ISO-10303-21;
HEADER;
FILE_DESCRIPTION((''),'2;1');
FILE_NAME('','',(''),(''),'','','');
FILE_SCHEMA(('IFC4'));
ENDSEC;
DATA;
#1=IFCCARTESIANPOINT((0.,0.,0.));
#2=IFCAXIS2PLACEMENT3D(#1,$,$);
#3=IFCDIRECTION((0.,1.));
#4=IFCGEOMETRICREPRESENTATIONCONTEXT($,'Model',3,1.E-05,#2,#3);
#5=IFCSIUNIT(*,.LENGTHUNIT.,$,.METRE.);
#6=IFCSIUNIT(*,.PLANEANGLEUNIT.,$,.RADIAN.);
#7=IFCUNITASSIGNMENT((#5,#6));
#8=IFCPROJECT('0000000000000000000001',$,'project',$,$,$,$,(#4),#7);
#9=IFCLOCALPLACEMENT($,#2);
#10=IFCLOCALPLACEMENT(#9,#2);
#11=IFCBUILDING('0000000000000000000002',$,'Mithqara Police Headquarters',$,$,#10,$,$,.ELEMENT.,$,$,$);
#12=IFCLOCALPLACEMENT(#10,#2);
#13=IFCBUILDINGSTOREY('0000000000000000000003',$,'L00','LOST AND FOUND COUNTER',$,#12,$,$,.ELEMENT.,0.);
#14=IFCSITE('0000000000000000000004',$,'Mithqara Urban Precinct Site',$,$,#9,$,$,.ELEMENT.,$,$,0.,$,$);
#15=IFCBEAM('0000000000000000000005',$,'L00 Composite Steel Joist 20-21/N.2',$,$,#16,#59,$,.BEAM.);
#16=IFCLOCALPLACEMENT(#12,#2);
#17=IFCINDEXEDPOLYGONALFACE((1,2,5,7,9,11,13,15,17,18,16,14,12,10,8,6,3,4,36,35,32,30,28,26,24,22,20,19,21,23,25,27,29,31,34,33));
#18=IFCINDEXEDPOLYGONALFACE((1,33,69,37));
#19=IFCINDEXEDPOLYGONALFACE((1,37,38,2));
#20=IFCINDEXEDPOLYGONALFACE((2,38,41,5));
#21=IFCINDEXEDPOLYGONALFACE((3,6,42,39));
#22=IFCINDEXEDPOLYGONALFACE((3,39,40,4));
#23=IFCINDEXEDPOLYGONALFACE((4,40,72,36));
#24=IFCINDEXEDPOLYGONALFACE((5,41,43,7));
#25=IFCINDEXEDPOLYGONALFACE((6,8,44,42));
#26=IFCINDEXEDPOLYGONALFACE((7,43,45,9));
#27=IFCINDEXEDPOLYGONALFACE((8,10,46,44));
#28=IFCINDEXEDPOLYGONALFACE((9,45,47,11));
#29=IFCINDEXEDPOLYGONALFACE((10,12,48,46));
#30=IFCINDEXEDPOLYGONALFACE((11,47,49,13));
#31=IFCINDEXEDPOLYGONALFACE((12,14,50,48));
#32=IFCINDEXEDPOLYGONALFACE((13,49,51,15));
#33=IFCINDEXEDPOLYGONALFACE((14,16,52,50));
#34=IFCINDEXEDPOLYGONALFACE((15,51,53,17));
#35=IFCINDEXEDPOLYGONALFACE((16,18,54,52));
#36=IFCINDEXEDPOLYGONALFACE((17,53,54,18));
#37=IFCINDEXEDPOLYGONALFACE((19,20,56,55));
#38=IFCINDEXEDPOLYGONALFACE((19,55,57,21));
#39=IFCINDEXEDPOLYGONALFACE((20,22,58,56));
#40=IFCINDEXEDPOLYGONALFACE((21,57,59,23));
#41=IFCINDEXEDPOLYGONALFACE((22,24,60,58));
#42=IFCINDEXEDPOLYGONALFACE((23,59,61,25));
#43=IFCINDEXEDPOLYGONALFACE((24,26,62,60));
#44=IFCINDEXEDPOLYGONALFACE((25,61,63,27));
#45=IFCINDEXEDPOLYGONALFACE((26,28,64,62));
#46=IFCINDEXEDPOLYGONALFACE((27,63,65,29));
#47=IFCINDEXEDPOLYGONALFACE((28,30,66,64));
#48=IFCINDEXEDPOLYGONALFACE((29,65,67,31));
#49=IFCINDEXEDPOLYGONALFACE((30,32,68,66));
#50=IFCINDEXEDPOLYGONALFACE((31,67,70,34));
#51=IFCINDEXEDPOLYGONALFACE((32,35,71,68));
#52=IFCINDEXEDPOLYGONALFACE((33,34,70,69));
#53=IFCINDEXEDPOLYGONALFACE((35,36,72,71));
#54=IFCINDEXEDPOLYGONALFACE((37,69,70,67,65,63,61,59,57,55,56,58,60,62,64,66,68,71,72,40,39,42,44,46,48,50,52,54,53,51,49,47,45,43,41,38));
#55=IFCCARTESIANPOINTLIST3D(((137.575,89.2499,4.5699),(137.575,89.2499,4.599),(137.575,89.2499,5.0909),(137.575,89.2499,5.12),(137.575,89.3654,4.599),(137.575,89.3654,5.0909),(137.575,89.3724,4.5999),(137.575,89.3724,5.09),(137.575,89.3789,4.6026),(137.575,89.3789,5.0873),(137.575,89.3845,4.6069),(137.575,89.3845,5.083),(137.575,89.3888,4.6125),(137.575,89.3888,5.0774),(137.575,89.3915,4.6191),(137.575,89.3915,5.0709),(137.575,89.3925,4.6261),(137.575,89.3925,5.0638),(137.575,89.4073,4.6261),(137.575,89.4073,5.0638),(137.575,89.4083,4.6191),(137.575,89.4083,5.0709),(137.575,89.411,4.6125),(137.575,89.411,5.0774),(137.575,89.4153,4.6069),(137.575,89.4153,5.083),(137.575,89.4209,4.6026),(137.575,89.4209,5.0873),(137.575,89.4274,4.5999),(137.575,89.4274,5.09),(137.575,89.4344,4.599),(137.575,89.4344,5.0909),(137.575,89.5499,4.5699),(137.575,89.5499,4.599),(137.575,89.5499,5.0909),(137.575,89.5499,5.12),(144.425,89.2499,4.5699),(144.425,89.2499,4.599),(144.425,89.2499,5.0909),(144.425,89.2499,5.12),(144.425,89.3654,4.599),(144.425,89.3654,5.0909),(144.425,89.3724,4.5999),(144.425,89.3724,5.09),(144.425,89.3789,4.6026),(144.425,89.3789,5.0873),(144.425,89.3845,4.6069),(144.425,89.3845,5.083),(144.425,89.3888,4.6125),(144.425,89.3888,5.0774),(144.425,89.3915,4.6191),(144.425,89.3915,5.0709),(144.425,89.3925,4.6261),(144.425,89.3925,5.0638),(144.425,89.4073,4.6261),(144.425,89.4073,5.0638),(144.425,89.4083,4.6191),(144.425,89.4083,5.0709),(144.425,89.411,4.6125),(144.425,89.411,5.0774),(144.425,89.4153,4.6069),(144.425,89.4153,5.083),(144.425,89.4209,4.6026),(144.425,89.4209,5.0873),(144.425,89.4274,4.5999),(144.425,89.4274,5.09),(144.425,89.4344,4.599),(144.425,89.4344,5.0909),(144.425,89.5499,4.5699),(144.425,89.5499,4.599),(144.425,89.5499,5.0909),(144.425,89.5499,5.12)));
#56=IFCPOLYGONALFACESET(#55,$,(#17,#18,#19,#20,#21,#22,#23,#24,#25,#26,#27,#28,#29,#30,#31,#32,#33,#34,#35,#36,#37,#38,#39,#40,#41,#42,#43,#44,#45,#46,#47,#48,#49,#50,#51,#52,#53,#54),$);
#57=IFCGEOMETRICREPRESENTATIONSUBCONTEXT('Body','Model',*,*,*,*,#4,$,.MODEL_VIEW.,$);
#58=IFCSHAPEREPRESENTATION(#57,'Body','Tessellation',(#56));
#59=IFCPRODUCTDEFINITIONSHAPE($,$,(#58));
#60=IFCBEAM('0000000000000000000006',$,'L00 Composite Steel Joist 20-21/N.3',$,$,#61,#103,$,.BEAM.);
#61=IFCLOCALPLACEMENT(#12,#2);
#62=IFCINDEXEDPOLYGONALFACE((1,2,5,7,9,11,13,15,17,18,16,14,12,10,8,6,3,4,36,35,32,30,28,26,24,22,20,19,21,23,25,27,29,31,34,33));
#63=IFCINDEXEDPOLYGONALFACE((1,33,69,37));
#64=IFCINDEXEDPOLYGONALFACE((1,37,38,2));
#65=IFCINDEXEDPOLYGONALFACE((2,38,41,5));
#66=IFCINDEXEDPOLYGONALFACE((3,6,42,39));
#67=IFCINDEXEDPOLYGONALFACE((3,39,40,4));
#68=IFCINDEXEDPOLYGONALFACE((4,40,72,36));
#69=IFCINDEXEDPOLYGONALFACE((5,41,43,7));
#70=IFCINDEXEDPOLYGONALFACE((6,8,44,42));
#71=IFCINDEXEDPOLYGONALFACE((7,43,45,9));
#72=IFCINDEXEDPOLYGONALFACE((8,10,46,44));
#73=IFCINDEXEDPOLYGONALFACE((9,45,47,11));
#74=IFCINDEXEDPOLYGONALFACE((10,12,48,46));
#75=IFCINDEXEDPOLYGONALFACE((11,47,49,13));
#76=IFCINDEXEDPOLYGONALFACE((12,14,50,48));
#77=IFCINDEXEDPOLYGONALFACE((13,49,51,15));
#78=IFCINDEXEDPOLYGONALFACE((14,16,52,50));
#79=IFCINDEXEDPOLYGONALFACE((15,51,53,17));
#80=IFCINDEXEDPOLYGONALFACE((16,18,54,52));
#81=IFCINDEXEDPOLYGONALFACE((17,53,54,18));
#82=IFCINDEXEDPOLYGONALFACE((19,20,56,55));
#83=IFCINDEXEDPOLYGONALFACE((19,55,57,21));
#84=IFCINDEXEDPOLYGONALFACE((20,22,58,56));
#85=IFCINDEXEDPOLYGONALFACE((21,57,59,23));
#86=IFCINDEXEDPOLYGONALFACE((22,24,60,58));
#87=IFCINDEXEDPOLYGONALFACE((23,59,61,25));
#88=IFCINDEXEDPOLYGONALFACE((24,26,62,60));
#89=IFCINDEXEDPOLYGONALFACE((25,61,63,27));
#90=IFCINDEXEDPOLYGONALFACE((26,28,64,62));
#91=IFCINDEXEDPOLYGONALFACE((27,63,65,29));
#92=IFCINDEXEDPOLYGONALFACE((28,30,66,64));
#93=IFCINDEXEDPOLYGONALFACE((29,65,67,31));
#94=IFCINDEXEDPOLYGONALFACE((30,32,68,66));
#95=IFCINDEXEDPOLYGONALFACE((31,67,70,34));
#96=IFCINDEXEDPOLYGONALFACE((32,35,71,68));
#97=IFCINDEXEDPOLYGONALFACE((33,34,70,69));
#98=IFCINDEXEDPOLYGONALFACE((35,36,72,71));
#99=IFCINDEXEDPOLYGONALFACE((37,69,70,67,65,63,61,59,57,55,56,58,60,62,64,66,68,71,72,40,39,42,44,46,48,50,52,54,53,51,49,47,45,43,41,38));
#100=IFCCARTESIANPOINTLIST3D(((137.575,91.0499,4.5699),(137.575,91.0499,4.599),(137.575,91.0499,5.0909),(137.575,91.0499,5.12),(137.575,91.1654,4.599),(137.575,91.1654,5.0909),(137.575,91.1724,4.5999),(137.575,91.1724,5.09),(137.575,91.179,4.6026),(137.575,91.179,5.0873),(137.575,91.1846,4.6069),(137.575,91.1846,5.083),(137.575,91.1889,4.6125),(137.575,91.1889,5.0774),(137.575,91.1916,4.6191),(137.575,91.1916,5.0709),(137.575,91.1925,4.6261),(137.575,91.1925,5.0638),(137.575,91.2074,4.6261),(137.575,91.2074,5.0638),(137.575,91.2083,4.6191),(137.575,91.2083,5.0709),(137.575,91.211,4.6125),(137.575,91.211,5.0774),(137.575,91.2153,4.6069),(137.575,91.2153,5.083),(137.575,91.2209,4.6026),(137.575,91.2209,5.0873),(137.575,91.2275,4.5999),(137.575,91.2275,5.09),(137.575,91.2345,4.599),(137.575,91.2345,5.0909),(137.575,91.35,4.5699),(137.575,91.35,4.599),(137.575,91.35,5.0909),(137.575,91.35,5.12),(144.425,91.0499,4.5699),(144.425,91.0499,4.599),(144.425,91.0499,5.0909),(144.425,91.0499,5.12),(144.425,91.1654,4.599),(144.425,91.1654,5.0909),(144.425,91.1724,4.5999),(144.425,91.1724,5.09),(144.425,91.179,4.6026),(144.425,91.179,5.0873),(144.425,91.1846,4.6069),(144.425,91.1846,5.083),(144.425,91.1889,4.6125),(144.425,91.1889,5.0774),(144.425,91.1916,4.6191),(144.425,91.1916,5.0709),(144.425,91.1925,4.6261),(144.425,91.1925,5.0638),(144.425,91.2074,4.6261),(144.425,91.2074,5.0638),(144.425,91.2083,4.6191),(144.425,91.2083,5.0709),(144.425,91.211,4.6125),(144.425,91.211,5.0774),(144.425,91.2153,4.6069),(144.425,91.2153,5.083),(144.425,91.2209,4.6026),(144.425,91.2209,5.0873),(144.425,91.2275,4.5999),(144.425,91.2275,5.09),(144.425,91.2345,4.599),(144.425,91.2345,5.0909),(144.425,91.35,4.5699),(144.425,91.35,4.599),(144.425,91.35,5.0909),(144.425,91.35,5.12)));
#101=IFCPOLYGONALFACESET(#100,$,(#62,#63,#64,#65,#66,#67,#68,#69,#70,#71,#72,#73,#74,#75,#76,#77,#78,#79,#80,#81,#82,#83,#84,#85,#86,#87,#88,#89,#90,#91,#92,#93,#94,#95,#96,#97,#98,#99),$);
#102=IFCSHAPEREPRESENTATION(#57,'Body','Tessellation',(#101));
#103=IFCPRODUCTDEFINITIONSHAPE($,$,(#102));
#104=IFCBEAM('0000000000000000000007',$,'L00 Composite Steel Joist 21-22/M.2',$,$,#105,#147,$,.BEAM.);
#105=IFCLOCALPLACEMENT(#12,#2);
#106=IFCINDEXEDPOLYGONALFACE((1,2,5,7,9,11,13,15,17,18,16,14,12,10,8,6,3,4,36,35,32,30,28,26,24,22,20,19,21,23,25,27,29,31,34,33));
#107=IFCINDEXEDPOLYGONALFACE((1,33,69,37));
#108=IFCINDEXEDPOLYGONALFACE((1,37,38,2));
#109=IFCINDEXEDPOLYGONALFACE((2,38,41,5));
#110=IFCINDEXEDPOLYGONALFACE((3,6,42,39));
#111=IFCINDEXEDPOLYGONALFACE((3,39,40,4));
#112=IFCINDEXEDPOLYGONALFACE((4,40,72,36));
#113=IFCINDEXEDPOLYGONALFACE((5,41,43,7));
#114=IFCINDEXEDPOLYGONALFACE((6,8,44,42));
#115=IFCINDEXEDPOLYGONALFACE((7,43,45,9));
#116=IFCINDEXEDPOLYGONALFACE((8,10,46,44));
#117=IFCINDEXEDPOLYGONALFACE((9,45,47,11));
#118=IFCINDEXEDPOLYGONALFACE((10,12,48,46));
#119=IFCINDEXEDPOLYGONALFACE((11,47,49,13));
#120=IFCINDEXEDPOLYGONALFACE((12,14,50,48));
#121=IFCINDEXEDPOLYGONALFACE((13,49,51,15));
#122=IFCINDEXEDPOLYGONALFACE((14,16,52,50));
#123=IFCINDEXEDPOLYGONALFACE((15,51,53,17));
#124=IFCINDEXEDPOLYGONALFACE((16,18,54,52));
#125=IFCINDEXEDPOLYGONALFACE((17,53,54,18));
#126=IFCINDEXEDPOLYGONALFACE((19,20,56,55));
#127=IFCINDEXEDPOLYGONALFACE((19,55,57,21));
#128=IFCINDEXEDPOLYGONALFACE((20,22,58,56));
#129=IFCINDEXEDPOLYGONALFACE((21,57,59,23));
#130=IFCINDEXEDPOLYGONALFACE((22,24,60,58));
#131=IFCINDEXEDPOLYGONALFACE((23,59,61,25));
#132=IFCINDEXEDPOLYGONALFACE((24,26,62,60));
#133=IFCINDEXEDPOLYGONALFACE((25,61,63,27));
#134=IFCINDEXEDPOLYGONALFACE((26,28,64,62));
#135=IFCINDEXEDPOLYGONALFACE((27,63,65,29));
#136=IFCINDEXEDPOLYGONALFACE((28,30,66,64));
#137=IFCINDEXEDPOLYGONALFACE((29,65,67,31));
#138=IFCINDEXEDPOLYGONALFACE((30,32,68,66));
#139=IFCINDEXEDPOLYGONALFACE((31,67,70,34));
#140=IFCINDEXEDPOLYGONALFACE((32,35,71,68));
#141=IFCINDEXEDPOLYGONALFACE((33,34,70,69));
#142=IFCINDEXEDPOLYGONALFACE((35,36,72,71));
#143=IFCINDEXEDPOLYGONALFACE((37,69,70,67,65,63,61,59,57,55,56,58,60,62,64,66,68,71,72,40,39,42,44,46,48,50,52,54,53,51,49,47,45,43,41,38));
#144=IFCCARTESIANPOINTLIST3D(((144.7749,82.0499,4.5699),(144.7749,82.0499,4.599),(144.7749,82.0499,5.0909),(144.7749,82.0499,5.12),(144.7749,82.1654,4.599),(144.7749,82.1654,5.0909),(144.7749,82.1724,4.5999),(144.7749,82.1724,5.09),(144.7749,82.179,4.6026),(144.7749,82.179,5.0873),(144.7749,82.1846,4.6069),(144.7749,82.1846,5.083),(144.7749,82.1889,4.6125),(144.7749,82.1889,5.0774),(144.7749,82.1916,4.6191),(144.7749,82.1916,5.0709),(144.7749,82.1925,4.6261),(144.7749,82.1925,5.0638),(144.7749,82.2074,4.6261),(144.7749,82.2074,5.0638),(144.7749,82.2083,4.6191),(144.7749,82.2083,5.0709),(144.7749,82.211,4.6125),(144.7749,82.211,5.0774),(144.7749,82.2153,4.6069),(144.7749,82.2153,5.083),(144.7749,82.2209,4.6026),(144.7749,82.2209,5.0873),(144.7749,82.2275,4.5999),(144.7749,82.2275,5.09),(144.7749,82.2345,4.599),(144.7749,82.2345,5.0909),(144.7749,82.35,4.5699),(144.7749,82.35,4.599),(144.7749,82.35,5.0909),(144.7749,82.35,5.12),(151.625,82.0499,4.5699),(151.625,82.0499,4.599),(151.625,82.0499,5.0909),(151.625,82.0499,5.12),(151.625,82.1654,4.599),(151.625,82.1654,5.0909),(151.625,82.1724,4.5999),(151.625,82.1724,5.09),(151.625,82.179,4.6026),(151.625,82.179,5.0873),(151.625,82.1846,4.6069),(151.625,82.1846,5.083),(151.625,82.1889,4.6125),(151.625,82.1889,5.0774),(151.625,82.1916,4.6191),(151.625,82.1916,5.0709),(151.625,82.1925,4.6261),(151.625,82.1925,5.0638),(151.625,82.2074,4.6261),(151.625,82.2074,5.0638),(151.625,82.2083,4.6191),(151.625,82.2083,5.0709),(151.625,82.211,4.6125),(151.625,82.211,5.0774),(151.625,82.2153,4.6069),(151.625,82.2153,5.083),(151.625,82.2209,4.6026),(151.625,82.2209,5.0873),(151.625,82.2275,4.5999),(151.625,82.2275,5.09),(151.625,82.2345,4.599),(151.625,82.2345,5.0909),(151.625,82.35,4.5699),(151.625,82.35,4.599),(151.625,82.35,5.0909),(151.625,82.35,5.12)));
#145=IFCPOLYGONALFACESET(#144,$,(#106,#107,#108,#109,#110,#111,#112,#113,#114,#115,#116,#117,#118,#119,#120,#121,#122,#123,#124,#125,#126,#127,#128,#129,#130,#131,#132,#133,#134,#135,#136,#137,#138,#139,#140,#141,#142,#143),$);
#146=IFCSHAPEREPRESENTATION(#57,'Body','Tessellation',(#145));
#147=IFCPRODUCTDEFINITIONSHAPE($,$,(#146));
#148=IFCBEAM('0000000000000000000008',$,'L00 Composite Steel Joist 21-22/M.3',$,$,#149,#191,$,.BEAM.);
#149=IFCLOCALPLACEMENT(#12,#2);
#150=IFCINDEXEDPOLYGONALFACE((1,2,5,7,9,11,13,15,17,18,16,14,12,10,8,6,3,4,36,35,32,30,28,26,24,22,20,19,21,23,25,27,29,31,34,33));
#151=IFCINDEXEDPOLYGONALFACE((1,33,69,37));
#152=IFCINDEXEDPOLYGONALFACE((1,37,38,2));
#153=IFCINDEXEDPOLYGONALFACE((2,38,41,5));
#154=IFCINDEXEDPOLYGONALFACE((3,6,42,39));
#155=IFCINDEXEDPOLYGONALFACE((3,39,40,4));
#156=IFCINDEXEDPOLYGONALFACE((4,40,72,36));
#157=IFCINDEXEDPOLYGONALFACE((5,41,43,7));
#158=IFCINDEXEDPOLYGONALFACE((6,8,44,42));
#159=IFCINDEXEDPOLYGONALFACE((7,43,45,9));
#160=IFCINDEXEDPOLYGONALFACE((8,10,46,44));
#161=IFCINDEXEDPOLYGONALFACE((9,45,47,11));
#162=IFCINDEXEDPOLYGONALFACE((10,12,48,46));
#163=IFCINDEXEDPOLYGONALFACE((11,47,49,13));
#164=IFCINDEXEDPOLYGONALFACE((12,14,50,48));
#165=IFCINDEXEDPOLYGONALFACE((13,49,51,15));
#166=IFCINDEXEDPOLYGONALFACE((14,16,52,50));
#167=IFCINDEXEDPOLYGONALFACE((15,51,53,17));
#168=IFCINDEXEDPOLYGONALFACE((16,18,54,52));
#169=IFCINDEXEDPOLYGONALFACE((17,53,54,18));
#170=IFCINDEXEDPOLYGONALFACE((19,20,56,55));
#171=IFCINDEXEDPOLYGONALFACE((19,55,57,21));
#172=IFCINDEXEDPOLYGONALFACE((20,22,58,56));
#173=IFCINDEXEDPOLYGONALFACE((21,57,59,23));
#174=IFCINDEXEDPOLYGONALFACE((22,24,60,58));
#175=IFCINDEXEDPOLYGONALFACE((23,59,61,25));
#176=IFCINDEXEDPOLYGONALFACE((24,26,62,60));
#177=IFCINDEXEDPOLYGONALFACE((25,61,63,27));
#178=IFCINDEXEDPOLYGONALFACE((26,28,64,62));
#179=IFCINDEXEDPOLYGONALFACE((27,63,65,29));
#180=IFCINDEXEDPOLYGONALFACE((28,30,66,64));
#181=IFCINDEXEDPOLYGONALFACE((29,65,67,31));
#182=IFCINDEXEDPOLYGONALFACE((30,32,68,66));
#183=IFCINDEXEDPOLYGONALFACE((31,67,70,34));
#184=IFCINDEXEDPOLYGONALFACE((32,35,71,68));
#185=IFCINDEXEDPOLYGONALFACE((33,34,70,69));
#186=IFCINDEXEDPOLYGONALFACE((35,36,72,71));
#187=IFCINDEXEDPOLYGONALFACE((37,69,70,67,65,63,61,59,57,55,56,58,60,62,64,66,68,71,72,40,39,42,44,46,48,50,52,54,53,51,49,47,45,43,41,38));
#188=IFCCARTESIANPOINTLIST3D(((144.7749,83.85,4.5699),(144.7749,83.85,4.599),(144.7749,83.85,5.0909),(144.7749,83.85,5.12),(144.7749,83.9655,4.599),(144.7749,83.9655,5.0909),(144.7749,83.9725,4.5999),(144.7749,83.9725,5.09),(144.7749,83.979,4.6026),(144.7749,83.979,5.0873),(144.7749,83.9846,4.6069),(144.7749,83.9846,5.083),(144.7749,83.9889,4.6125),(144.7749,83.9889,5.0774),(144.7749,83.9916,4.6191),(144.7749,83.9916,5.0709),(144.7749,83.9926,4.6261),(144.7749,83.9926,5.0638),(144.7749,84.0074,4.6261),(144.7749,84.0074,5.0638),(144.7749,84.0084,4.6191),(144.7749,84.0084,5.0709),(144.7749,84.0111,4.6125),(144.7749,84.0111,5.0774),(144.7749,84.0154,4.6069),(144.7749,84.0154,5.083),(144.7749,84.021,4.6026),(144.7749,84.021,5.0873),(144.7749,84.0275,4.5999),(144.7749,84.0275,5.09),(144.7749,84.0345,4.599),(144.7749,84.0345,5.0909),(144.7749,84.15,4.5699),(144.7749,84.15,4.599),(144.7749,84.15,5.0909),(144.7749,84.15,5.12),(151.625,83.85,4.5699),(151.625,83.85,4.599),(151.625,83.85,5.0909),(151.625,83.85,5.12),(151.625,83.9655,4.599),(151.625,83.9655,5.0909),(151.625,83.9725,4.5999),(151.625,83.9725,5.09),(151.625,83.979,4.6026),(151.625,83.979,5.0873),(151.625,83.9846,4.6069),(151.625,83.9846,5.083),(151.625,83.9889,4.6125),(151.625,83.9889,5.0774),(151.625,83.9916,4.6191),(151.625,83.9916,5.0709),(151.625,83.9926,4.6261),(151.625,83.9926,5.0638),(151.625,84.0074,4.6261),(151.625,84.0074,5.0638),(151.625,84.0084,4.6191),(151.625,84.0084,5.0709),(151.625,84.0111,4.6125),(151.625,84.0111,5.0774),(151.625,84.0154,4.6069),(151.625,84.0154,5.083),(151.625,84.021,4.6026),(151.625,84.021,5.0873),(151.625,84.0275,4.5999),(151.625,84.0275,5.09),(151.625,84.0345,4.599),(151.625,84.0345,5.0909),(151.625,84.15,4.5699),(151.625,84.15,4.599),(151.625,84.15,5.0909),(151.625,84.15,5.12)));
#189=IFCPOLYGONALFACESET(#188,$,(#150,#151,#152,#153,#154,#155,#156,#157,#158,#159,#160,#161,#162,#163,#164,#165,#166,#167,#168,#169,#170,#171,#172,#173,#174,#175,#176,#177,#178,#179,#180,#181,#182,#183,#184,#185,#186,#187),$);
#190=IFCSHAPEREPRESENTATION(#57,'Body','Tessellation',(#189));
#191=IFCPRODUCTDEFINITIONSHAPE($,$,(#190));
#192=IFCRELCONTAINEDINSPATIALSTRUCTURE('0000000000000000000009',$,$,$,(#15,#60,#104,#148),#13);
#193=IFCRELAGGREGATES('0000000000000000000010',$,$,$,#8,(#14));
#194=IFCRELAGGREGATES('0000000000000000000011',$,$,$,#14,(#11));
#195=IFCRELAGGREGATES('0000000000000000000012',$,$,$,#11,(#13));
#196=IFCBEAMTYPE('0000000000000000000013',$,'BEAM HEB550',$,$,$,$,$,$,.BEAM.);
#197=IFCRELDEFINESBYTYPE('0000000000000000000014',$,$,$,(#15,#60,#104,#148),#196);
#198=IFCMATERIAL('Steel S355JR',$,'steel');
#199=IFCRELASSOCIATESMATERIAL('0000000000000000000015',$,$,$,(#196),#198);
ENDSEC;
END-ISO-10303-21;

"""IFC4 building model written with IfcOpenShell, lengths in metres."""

from ifc_helpers import new_model, si_unit, direction, frame, origin, origin_2d, place, context, subcontext, project, spatial, i_section, extrude, material, material_profile, profile_set, type_object, element, save


model = new_model("IFC4")

# Units and contexts
model_context = context("Model", 3, precision=1e-05, world=origin(), true_north=direction((0.0, 1.0)))
body_context = subcontext(model_context, "Body", "Model", "MODEL_VIEW")
ifc_project = project(units=[si_unit("LENGTHUNIT", "METRE"), si_unit("PLANEANGLEUNIT", "RADIAN")], contexts=[model_context])

# Site, building, storey
site_placement = place(None, origin())
site = spatial("IfcSite", under=ifc_project, at=site_placement, Name="Mithqara Urban Precinct Site", CompositionType="ELEMENT", RefElevation=0.0)
building_placement = place(site_placement, origin())
building = spatial("IfcBuilding", under=site, at=building_placement, Name="Mithqara Police Headquarters", CompositionType="ELEMENT")
storey_placement = place(building_placement, origin())
storey = spatial("IfcBuildingStorey", under=building, at=storey_placement, Name="L00", Description="LOST AND FOUND COUNTER", CompositionType="ELEMENT", Elevation=0.0)

# Beams
ifc_material_1 = material(Name="Steel S355JR", Category="steel")
ifc_material_profile_1 = material_profile(ifc_material_1, i_section(OverallWidth=0.3, OverallDepth=0.55, WebThickness=0.0149, FlangeThickness=0.0291, FilletRadius=0.0271, at=origin_2d()), Name="HEB 550")
ifc_profile_set_1 = profile_set([ifc_material_profile_1], Name="Steel S355JR")
beam_type_1 = type_object("IfcBeamType", Name="BEAM HEB550", PredefinedType="BEAM", material=ifc_profile_set_1)
for number, where, z_axis, x_axis, name in (
    (1, (137.575, 89.3999, 4.845), (1.0, 0.0, 0.0), (0.0, 1.0, 0.0), "L00 Composite Steel Joist 20-21/N.2"),
    (2, (137.575, 91.2, 4.845), (1.0, 0.0, 0.0), (0.0, 1.0, 0.0), "L00 Composite Steel Joist 20-21/N.3"),
    (3, (144.7749, 82.2, 4.845), (1.0, 0.0, 0.0), (0.0, 1.0, 0.0), "L00 Composite Steel Joist 21-22/M.2"),
    (4, (144.7749, 84.0, 4.845), (1.0, 0.0, 0.0), (0.0, 1.0, 0.0), "L00 Composite Steel Joist 21-22/M.3"),
):
    element("IfcBeam", number, at=place(storey_placement, frame(where, z_axis=z_axis, x_axis=x_axis)), inside=storey, type_object=beam_type_1, Name=name, PredefinedType="BEAM", context=body_context, shape_type="SweptSolid", body=[
        extrude(i_section(OverallWidth=0.3, OverallDepth=0.55, WebThickness=0.0149, FlangeThickness=0.0291, FilletRadius=0.0271, at=origin_2d()), origin(), (0.0, 0.0, 1.0), 6.8501),
    ])

save(model, "model.ifc")
